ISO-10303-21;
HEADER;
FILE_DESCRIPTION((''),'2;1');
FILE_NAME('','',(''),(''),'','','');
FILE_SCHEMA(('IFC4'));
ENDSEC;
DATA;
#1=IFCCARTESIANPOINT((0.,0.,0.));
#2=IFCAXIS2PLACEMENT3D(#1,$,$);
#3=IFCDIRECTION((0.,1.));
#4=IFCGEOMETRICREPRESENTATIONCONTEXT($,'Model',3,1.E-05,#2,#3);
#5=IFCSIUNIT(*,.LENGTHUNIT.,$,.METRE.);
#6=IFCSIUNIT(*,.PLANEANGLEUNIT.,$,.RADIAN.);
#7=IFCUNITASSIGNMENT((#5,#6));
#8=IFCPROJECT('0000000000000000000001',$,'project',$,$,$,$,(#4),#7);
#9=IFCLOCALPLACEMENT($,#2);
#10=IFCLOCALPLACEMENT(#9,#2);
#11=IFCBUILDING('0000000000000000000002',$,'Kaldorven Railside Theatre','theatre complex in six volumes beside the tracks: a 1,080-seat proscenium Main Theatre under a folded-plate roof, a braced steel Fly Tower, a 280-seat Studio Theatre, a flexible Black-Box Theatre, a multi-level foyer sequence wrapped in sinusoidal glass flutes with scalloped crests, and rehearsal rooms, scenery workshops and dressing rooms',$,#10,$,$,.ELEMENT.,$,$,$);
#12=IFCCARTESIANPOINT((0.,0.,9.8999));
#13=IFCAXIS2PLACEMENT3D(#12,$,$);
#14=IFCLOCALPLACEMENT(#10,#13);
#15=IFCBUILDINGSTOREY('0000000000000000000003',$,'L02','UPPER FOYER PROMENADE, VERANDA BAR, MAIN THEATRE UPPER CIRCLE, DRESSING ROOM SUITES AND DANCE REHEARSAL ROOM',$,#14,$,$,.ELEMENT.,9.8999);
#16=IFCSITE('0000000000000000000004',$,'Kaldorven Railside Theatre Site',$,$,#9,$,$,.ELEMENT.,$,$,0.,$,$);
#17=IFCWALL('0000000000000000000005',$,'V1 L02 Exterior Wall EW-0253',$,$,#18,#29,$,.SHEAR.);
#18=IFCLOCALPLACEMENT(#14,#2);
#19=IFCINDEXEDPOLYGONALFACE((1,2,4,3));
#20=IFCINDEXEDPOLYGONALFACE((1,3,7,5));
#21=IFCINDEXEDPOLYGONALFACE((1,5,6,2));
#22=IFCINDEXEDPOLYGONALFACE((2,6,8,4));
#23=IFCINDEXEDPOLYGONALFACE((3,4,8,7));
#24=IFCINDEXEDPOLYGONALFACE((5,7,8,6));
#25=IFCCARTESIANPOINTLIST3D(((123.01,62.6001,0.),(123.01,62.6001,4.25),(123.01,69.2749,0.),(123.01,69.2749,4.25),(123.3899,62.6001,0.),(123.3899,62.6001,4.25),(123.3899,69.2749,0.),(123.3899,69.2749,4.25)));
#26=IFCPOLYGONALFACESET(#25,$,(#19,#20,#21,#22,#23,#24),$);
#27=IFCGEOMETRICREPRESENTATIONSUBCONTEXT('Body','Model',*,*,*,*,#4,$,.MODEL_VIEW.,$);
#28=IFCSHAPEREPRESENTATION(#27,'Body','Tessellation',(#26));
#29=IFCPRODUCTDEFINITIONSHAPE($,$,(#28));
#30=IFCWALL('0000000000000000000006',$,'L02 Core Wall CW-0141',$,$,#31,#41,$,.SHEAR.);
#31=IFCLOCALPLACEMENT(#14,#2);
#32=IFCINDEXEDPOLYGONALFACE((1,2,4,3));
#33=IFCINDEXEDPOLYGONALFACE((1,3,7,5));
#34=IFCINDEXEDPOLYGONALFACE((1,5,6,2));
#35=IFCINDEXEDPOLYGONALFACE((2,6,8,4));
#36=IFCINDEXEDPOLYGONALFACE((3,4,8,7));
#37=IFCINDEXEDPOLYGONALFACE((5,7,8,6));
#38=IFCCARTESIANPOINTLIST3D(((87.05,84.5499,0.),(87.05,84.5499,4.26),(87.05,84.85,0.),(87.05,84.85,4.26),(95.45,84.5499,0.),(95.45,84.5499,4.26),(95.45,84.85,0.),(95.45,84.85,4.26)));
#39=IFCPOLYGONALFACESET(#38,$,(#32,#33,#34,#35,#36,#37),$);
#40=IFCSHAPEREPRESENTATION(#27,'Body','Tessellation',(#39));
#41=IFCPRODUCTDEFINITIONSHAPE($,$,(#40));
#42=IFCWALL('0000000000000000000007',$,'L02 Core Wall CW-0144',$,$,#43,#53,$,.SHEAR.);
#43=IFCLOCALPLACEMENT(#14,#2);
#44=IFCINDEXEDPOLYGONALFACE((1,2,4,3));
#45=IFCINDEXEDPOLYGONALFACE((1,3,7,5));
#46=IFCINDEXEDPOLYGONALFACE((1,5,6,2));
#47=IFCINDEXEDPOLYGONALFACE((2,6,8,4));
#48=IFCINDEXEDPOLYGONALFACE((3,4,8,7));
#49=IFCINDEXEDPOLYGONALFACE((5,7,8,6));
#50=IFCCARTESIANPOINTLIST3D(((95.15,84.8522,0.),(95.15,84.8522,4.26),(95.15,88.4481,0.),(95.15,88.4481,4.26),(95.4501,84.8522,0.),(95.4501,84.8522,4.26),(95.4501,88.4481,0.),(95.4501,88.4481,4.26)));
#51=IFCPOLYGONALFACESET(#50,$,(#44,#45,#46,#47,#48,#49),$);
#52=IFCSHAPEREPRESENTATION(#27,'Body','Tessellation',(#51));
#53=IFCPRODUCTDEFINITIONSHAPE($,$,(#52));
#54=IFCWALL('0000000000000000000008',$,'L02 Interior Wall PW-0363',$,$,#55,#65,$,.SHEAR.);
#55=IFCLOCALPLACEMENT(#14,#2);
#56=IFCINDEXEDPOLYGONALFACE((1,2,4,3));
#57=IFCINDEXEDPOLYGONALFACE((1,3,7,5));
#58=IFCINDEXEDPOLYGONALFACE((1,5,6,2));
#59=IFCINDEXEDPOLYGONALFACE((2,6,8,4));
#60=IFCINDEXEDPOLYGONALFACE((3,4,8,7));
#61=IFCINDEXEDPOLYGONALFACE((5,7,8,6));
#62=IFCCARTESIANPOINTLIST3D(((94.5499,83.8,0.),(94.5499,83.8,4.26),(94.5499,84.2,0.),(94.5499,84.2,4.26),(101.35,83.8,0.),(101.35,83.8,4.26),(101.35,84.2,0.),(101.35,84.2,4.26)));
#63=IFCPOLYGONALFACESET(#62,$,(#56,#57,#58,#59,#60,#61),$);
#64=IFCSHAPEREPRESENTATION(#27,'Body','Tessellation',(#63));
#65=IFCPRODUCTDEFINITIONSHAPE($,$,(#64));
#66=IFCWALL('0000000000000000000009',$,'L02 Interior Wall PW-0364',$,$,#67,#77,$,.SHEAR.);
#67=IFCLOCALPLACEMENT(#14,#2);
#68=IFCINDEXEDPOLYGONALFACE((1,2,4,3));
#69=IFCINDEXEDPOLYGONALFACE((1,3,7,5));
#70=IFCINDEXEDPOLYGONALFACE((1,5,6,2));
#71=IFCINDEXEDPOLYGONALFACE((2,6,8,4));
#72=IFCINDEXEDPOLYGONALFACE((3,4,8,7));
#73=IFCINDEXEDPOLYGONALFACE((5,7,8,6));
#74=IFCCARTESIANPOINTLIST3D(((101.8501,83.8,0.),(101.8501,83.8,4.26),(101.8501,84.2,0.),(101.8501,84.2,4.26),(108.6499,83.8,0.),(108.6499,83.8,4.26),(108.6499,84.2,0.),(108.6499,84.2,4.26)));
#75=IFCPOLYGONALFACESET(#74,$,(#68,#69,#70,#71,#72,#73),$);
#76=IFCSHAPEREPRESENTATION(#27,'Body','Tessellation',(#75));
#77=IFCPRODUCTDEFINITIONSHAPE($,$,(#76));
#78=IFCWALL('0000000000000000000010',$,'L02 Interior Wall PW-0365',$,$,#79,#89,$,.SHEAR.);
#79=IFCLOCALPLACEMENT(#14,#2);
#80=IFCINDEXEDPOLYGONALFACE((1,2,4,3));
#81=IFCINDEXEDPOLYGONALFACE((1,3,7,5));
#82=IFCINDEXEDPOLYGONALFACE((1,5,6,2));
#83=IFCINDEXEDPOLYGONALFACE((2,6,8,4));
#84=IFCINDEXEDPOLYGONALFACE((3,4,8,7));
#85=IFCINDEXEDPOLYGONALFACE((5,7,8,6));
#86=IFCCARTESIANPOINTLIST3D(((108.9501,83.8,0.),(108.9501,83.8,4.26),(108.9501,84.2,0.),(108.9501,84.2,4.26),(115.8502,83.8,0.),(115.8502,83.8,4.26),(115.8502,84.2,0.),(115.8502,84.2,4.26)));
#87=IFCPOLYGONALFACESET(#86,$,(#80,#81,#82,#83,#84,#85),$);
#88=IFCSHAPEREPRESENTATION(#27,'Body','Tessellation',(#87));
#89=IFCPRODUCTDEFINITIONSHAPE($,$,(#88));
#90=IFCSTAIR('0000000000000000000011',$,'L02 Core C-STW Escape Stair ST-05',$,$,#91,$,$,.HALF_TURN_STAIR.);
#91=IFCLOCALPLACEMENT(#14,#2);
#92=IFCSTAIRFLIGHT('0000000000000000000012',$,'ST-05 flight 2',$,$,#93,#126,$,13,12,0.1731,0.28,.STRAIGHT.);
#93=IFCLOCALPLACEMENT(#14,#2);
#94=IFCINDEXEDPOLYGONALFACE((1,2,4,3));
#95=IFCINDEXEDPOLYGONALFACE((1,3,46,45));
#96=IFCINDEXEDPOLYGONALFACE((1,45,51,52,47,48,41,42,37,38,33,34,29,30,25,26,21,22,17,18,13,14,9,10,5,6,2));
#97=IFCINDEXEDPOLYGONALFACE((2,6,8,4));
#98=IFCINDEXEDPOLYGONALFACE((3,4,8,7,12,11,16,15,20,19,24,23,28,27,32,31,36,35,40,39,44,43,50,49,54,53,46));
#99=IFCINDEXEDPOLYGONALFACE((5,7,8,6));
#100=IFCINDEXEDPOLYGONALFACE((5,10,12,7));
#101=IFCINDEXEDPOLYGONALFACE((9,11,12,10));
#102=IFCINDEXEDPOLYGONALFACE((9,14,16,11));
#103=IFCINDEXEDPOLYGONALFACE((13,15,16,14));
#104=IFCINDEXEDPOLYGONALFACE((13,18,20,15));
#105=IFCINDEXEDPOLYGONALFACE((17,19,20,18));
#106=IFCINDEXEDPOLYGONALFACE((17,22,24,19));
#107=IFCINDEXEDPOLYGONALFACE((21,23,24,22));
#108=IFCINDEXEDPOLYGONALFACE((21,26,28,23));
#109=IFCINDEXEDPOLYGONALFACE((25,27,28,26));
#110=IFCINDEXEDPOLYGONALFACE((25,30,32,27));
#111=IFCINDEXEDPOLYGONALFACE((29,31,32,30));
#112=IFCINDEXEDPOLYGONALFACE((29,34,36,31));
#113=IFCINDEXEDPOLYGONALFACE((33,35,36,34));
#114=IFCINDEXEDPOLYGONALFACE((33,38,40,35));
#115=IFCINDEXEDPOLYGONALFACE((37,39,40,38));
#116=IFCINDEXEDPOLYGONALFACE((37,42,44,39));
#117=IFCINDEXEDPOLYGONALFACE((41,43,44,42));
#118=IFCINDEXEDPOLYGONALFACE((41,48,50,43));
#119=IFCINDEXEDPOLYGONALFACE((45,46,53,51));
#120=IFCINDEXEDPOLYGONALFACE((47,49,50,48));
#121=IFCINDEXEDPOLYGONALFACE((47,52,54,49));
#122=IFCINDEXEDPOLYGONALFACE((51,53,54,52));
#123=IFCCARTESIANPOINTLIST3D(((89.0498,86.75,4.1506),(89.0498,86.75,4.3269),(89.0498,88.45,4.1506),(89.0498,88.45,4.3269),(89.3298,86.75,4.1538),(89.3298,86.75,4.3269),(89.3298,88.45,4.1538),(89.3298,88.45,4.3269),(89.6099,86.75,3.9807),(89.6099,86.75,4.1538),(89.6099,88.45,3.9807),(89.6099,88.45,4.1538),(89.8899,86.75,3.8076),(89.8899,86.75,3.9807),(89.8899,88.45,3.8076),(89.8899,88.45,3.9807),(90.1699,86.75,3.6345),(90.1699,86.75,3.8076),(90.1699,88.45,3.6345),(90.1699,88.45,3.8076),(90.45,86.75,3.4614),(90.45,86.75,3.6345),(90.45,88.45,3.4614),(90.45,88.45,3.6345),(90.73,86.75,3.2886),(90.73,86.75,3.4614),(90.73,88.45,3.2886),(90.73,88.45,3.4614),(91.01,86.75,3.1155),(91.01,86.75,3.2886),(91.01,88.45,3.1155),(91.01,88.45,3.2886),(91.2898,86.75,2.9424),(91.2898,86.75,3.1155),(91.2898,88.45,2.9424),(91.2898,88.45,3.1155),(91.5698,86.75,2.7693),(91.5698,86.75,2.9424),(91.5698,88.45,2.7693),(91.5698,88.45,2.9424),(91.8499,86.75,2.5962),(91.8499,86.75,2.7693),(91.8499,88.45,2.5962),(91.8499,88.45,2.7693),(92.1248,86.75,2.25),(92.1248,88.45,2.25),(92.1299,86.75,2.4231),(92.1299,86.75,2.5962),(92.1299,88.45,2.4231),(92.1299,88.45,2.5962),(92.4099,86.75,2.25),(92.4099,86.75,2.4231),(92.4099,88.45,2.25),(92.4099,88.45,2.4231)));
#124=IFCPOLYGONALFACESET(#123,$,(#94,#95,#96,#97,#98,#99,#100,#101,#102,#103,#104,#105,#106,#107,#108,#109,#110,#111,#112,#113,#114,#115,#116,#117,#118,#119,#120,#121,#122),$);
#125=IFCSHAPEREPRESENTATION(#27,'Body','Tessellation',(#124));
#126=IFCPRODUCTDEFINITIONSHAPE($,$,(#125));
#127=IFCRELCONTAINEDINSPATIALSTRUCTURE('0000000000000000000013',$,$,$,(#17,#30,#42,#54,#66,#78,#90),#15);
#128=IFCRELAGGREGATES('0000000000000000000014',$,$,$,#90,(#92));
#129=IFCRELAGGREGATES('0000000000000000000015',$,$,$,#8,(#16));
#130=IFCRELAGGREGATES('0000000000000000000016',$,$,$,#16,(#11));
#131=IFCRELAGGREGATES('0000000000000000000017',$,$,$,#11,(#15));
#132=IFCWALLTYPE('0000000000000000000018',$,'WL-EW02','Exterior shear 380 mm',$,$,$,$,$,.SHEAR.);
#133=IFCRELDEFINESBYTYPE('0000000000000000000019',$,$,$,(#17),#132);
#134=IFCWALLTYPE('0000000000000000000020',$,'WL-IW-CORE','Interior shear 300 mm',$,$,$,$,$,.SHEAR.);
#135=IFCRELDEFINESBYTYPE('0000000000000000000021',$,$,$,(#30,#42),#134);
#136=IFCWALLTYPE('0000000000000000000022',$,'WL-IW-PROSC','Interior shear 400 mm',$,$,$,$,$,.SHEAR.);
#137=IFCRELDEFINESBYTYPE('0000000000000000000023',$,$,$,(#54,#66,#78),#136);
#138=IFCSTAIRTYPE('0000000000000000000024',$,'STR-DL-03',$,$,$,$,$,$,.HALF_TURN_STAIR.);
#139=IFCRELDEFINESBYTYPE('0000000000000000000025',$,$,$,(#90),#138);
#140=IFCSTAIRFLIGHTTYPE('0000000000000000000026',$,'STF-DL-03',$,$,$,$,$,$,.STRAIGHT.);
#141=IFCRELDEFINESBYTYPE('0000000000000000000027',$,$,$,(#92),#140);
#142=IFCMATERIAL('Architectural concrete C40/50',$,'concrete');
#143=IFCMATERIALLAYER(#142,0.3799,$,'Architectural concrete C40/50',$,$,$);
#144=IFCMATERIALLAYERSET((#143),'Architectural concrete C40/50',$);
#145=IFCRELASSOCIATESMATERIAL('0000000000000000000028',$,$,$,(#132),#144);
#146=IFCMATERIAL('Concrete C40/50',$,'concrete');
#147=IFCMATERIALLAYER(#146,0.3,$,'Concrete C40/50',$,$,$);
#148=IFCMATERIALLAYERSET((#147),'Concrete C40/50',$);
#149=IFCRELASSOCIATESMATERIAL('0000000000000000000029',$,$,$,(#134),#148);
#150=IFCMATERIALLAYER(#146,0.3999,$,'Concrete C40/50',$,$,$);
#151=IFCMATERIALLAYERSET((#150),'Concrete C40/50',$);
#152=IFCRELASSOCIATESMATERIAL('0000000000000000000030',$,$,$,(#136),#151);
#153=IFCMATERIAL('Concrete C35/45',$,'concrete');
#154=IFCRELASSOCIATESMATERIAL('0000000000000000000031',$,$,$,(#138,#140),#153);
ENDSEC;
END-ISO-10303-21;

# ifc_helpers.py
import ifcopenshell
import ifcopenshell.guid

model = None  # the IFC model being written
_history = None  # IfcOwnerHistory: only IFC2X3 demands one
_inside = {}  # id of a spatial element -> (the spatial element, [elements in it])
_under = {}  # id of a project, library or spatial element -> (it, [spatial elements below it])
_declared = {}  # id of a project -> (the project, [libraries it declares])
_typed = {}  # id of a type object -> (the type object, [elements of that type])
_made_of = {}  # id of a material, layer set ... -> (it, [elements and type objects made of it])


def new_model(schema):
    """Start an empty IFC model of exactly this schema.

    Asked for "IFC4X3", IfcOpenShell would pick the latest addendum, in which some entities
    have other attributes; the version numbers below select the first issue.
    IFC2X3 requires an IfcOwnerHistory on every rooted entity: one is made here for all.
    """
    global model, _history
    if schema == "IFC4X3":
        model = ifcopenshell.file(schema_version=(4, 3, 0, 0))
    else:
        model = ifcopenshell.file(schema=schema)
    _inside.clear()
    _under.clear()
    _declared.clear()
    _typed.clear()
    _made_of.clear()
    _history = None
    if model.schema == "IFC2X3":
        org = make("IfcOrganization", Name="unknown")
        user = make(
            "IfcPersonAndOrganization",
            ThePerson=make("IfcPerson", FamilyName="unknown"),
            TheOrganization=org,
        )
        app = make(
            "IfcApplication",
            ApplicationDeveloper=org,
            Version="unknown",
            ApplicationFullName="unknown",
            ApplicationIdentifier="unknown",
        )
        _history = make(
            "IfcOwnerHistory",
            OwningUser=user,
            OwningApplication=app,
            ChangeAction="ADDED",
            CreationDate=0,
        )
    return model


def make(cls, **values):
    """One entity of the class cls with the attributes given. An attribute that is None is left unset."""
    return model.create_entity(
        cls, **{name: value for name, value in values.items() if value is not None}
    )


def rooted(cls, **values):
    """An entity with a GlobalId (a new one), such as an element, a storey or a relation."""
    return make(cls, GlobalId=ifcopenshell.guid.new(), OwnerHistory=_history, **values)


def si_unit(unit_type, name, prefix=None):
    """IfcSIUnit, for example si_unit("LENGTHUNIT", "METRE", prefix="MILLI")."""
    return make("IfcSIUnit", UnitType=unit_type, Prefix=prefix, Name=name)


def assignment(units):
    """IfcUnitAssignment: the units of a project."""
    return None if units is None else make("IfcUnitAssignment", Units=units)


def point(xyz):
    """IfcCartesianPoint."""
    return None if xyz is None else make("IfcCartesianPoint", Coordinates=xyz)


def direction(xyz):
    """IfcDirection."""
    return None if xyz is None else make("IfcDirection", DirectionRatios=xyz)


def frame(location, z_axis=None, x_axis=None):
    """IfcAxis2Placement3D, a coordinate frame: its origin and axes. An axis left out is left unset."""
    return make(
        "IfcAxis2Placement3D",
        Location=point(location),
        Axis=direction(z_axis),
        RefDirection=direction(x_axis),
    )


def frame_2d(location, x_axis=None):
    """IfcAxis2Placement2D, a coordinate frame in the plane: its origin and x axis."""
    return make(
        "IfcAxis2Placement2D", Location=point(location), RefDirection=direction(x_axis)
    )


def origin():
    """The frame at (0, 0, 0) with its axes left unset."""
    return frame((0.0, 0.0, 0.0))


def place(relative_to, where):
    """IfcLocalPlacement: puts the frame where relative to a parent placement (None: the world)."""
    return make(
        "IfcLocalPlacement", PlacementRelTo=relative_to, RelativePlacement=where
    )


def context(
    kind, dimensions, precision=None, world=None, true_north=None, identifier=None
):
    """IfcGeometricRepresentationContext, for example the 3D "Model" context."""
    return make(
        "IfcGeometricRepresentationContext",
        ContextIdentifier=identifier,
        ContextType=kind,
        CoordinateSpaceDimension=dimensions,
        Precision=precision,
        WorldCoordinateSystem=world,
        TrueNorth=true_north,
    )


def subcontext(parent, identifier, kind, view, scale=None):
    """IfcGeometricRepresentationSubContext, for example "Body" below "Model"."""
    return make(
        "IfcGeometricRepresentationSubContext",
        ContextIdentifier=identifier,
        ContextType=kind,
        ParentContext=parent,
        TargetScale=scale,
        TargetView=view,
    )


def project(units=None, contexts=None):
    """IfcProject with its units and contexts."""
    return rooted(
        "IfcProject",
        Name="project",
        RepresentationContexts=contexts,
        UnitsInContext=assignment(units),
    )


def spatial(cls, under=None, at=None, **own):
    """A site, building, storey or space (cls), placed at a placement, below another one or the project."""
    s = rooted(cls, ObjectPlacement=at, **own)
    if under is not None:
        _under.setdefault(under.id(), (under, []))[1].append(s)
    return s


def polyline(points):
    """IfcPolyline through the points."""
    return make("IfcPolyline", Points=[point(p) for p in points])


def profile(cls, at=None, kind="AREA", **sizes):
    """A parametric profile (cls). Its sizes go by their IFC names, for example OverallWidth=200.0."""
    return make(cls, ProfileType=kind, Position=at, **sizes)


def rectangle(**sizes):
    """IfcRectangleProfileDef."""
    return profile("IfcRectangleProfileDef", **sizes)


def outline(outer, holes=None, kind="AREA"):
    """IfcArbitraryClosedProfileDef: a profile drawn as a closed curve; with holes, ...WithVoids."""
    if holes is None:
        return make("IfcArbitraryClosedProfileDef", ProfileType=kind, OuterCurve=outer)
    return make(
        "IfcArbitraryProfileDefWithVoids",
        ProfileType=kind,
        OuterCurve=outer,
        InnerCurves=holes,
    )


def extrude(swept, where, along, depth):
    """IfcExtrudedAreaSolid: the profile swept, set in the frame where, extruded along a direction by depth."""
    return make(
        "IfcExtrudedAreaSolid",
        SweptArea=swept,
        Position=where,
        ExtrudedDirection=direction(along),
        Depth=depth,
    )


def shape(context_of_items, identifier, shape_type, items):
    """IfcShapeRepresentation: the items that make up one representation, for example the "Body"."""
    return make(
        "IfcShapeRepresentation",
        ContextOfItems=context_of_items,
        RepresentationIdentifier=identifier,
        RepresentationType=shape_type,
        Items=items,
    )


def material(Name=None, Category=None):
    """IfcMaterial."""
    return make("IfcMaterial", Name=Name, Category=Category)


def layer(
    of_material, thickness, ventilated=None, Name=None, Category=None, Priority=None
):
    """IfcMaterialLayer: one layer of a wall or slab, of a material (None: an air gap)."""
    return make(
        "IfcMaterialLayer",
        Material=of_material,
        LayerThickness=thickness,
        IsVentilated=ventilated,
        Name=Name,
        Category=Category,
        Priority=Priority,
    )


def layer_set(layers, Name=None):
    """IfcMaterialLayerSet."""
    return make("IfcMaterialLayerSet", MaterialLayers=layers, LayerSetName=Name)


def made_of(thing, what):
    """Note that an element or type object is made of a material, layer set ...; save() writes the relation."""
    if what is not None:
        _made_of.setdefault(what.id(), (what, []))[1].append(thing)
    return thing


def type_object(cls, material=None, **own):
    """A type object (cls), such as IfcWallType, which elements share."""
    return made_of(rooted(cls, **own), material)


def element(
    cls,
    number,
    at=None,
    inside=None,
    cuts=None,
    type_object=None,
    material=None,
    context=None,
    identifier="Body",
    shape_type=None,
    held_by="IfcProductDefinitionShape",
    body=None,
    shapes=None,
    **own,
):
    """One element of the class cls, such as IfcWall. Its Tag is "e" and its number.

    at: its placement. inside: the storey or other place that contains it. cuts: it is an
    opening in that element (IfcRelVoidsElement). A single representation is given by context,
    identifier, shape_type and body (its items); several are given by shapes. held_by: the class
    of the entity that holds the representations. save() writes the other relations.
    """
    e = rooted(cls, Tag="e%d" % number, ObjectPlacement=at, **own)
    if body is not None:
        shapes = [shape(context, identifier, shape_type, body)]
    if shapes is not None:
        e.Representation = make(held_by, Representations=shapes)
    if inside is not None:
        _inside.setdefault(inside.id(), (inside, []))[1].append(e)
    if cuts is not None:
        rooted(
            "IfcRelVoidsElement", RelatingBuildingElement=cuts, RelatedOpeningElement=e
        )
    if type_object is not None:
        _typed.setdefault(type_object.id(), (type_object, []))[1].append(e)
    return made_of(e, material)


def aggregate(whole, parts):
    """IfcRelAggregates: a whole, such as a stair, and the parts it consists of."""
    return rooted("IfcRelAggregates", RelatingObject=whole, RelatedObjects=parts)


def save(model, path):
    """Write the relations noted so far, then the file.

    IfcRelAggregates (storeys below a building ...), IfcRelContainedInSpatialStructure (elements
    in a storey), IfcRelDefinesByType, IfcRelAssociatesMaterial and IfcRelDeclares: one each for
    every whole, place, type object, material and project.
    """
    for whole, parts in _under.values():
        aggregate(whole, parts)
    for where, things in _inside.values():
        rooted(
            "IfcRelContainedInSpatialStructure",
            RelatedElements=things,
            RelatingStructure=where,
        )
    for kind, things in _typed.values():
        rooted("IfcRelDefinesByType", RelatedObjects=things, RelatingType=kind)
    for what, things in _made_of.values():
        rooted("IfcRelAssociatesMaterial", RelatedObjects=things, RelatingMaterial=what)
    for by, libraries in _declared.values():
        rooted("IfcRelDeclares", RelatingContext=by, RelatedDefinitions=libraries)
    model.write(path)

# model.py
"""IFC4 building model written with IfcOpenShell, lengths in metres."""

from ifc_helpers import new_model, si_unit, direction, frame, frame_2d, origin, place, context, subcontext, project, spatial, polyline, rectangle, outline, extrude, material, layer, layer_set, type_object, element, aggregate, save


model = new_model("IFC4")

# Units and contexts
model_context = context("Model", 3, precision=1e-05, world=origin(), true_north=direction((0.0, 1.0)))
body_context = subcontext(model_context, "Body", "Model", "MODEL_VIEW")
ifc_project = project(units=[si_unit("LENGTHUNIT", "METRE"), si_unit("PLANEANGLEUNIT", "RADIAN")], contexts=[model_context])

# Site, building, storey
site_placement = place(None, origin())
site = spatial("IfcSite", under=ifc_project, at=site_placement, Name="Kaldorven Railside Theatre Site", CompositionType="ELEMENT", RefElevation=0.0)
building_placement = place(site_placement, origin())
building = spatial("IfcBuilding", under=site, at=building_placement, Name="Kaldorven Railside Theatre", Description="theatre complex in six volumes beside the tracks: a 1,080-seat proscenium Main Theatre under a folded-plate roof, a braced steel Fly Tower, a 280-seat Studio Theatre, a flexible Black-Box Theatre, a multi-level foyer sequence wrapped in sinusoidal glass flutes with scalloped crests, and rehearsal rooms, scenery workshops and dressing rooms", CompositionType="ELEMENT")
storey_placement = place(building_placement, frame((0.0, 0.0, 9.8999)))
storey = spatial("IfcBuildingStorey", under=building, at=storey_placement, Name="L02", Description="UPPER FOYER PROMENADE, VERANDA BAR, MAIN THEATRE UPPER CIRCLE, DRESSING ROOM SUITES AND DANCE REHEARSAL ROOM", CompositionType="ELEMENT", Elevation=9.8999)

# Shared definitions
ifc_material_1 = material(Name="Concrete C40/50", Category="concrete")

# Walls
ifc_material_2 = material(Name="Architectural concrete C40/50", Category="concrete")
ifc_layer_1 = layer(ifc_material_2, 0.3799, Name="Architectural concrete C40/50")
ifc_layer_set_1 = layer_set([ifc_layer_1], Name="Architectural concrete C40/50")
wall_type_1 = type_object("IfcWallType", Name="WL-EW02", Description="Exterior shear 380 mm", PredefinedType="SHEAR", material=ifc_layer_set_1)
wall_1_placement = place(storey_placement, frame((123.2, 69.2749, 0.0), z_axis=(0.0, 0.0, 1.0), x_axis=(0.0, -1.0, 0.0)))
element("IfcWall", 1, at=wall_1_placement, inside=storey, type_object=wall_type_1, Name="V1 L02 Exterior Wall EW-0253", PredefinedType="SHEAR", context=body_context, shape_type="SweptSolid", body=[
    extrude(rectangle(XDim=6.6748, YDim=0.3799, at=frame_2d((3.3374, 0.0))), origin(), (0.0, 0.0, 1.0), 4.25),
])
ifc_layer_2 = layer(ifc_material_1, 0.3, Name="Concrete C40/50")
ifc_layer_set_2 = layer_set([ifc_layer_2], Name="Concrete C40/50")
wall_type_2 = type_object("IfcWallType", Name="WL-IW-CORE", Description="Interior shear 300 mm", PredefinedType="SHEAR", material=ifc_layer_set_2)
wall_2_placement = place(storey_placement, frame((95.45, 84.7, 0.0), z_axis=(0.0, 0.0, 1.0), x_axis=(-1.0, 0.0, 0.0)))
element("IfcWall", 2, at=wall_2_placement, inside=storey, type_object=wall_type_2, Name="L02 Core Wall CW-0141", PredefinedType="SHEAR", context=body_context, shape_type="SweptSolid", body=[
    extrude(rectangle(XDim=8.3999, YDim=0.3, at=frame_2d((4.2, 0.0))), origin(), (0.0, 0.0, 1.0), 4.26),
])
wall_3_placement = place(storey_placement, frame((95.3, 88.448, 0.0), z_axis=(0.0, 0.0, 1.0), x_axis=(0.0, -1.0, 0.0)))
element("IfcWall", 3, at=wall_3_placement, inside=storey, type_object=wall_type_2, Name="L02 Core Wall CW-0144", PredefinedType="SHEAR", context=body_context, shape_type="SweptSolid", body=[
    extrude(rectangle(XDim=3.5959, YDim=0.3, at=frame_2d((1.7979, 0.0))), origin(), (0.0, 0.0, 1.0), 4.26),
])

# Shared definitions
ifc_material_3 = material(Name="Concrete C35/45", Category="concrete")

# Walls
ifc_layer_3 = layer(ifc_material_1, 0.3999, Name="Concrete C40/50")
ifc_layer_set_3 = layer_set([ifc_layer_3], Name="Concrete C40/50")
wall_type_3 = type_object("IfcWallType", Name="WL-IW-PROSC", Description="Interior shear 400 mm", PredefinedType="SHEAR", material=ifc_layer_set_3)
wall_4_placement = place(storey_placement, frame((94.55, 84.0, 0.0), z_axis=(0.0, 0.0, 1.0), x_axis=(1.0, 0.0, 0.0)))
element("IfcWall", 4, at=wall_4_placement, inside=storey, type_object=wall_type_3, Name="L02 Interior Wall PW-0363", PredefinedType="SHEAR", context=body_context, shape_type="SweptSolid", body=[
    extrude(rectangle(XDim=6.8, YDim=0.3999, at=frame_2d((3.3999, 0.0))), origin(), (0.0, 0.0, 1.0), 4.26),
])
wall_5_placement = place(storey_placement, frame((101.8501, 84.0, 0.0), z_axis=(0.0, 0.0, 1.0), x_axis=(1.0, 0.0, 0.0)))
element("IfcWall", 5, at=wall_5_placement, inside=storey, type_object=wall_type_3, Name="L02 Interior Wall PW-0364", PredefinedType="SHEAR", context=body_context, shape_type="SweptSolid", body=[
    extrude(rectangle(XDim=6.7998, YDim=0.3999, at=frame_2d((3.3999, 0.0))), origin(), (0.0, 0.0, 1.0), 4.26),
])
wall_6_placement = place(storey_placement, frame((108.95, 84.0, 0.0), z_axis=(0.0, 0.0, 1.0), x_axis=(1.0, 0.0, 0.0)))
element("IfcWall", 6, at=wall_6_placement, inside=storey, type_object=wall_type_3, Name="L02 Interior Wall PW-0365", PredefinedType="SHEAR", context=body_context, shape_type="SweptSolid", body=[
    extrude(rectangle(XDim=6.9001, YDim=0.3999, at=frame_2d((3.4502, 0.0))), origin(), (0.0, 0.0, 1.0), 4.26),
])

# Stair, stair flight
stair_type = type_object("IfcStairType", Name="STR-DL-03", PredefinedType="HALF_TURN_STAIR", material=ifc_material_3)
stair_placement = place(storey_placement, origin())
stair = element("IfcStair", 7, at=stair_placement, inside=storey, type_object=stair_type, Name="L02 Core C-STW Escape Stair ST-05", PredefinedType="HALF_TURN_STAIR")
stair_flight_type = type_object("IfcStairFlightType", Name="STF-DL-03", PredefinedType="STRAIGHT", material=ifc_material_3)
stair_flight_placement = place(storey_placement, frame((92.4099, 87.6001, 2.25), z_axis=(0.0, 0.0, 1.0), x_axis=(-1.0, 0.0, 0.0)))
stair_flight = element("IfcStairFlight", 8, at=stair_flight_placement, type_object=stair_flight_type, Name="ST-05 flight 2", NumberOfRisers=13, NumberOfTreads=12, PredefinedType="STRAIGHT", RiserHeight=0.1731, TreadLength=0.28, context=body_context, shape_type="SweptSolid", body=[
    extrude(outline(polyline([(0.0, 0.0), (0.0, 0.1731), (0.28, 0.1731), (0.28, 0.3462), (0.5601, 0.3462), (0.5601, 0.5193), (0.8401, 0.5193), (0.8401, 0.6924), (1.1201, 0.6924), (1.1201, 0.8655), (1.3999, 0.8655), (1.3999, 1.0386), (1.6799, 1.0386), (1.6799, 1.2114), (1.96, 1.2114), (1.96, 1.3845), (2.24, 1.3845), (2.24, 1.5576), (2.52, 1.5576), (2.52, 1.7307), (2.8, 1.7307), (2.8, 1.9038), (3.0801, 1.9038), (3.0801, 2.0769), (3.3601, 2.0769), (3.3601, 2.25), (3.3601, 1.9006), (0.2852, 0.0), (0.0, 0.0)])), frame((0.0, 0.8501, 0.0), z_axis=(0.0, -1.0, 0.0), x_axis=(1.0, 0.0, 0.0)), (0.0, 0.0, 1.0), 1.7),
])
aggregate(stair, [stair_flight])

save(model, "model.ifc")
